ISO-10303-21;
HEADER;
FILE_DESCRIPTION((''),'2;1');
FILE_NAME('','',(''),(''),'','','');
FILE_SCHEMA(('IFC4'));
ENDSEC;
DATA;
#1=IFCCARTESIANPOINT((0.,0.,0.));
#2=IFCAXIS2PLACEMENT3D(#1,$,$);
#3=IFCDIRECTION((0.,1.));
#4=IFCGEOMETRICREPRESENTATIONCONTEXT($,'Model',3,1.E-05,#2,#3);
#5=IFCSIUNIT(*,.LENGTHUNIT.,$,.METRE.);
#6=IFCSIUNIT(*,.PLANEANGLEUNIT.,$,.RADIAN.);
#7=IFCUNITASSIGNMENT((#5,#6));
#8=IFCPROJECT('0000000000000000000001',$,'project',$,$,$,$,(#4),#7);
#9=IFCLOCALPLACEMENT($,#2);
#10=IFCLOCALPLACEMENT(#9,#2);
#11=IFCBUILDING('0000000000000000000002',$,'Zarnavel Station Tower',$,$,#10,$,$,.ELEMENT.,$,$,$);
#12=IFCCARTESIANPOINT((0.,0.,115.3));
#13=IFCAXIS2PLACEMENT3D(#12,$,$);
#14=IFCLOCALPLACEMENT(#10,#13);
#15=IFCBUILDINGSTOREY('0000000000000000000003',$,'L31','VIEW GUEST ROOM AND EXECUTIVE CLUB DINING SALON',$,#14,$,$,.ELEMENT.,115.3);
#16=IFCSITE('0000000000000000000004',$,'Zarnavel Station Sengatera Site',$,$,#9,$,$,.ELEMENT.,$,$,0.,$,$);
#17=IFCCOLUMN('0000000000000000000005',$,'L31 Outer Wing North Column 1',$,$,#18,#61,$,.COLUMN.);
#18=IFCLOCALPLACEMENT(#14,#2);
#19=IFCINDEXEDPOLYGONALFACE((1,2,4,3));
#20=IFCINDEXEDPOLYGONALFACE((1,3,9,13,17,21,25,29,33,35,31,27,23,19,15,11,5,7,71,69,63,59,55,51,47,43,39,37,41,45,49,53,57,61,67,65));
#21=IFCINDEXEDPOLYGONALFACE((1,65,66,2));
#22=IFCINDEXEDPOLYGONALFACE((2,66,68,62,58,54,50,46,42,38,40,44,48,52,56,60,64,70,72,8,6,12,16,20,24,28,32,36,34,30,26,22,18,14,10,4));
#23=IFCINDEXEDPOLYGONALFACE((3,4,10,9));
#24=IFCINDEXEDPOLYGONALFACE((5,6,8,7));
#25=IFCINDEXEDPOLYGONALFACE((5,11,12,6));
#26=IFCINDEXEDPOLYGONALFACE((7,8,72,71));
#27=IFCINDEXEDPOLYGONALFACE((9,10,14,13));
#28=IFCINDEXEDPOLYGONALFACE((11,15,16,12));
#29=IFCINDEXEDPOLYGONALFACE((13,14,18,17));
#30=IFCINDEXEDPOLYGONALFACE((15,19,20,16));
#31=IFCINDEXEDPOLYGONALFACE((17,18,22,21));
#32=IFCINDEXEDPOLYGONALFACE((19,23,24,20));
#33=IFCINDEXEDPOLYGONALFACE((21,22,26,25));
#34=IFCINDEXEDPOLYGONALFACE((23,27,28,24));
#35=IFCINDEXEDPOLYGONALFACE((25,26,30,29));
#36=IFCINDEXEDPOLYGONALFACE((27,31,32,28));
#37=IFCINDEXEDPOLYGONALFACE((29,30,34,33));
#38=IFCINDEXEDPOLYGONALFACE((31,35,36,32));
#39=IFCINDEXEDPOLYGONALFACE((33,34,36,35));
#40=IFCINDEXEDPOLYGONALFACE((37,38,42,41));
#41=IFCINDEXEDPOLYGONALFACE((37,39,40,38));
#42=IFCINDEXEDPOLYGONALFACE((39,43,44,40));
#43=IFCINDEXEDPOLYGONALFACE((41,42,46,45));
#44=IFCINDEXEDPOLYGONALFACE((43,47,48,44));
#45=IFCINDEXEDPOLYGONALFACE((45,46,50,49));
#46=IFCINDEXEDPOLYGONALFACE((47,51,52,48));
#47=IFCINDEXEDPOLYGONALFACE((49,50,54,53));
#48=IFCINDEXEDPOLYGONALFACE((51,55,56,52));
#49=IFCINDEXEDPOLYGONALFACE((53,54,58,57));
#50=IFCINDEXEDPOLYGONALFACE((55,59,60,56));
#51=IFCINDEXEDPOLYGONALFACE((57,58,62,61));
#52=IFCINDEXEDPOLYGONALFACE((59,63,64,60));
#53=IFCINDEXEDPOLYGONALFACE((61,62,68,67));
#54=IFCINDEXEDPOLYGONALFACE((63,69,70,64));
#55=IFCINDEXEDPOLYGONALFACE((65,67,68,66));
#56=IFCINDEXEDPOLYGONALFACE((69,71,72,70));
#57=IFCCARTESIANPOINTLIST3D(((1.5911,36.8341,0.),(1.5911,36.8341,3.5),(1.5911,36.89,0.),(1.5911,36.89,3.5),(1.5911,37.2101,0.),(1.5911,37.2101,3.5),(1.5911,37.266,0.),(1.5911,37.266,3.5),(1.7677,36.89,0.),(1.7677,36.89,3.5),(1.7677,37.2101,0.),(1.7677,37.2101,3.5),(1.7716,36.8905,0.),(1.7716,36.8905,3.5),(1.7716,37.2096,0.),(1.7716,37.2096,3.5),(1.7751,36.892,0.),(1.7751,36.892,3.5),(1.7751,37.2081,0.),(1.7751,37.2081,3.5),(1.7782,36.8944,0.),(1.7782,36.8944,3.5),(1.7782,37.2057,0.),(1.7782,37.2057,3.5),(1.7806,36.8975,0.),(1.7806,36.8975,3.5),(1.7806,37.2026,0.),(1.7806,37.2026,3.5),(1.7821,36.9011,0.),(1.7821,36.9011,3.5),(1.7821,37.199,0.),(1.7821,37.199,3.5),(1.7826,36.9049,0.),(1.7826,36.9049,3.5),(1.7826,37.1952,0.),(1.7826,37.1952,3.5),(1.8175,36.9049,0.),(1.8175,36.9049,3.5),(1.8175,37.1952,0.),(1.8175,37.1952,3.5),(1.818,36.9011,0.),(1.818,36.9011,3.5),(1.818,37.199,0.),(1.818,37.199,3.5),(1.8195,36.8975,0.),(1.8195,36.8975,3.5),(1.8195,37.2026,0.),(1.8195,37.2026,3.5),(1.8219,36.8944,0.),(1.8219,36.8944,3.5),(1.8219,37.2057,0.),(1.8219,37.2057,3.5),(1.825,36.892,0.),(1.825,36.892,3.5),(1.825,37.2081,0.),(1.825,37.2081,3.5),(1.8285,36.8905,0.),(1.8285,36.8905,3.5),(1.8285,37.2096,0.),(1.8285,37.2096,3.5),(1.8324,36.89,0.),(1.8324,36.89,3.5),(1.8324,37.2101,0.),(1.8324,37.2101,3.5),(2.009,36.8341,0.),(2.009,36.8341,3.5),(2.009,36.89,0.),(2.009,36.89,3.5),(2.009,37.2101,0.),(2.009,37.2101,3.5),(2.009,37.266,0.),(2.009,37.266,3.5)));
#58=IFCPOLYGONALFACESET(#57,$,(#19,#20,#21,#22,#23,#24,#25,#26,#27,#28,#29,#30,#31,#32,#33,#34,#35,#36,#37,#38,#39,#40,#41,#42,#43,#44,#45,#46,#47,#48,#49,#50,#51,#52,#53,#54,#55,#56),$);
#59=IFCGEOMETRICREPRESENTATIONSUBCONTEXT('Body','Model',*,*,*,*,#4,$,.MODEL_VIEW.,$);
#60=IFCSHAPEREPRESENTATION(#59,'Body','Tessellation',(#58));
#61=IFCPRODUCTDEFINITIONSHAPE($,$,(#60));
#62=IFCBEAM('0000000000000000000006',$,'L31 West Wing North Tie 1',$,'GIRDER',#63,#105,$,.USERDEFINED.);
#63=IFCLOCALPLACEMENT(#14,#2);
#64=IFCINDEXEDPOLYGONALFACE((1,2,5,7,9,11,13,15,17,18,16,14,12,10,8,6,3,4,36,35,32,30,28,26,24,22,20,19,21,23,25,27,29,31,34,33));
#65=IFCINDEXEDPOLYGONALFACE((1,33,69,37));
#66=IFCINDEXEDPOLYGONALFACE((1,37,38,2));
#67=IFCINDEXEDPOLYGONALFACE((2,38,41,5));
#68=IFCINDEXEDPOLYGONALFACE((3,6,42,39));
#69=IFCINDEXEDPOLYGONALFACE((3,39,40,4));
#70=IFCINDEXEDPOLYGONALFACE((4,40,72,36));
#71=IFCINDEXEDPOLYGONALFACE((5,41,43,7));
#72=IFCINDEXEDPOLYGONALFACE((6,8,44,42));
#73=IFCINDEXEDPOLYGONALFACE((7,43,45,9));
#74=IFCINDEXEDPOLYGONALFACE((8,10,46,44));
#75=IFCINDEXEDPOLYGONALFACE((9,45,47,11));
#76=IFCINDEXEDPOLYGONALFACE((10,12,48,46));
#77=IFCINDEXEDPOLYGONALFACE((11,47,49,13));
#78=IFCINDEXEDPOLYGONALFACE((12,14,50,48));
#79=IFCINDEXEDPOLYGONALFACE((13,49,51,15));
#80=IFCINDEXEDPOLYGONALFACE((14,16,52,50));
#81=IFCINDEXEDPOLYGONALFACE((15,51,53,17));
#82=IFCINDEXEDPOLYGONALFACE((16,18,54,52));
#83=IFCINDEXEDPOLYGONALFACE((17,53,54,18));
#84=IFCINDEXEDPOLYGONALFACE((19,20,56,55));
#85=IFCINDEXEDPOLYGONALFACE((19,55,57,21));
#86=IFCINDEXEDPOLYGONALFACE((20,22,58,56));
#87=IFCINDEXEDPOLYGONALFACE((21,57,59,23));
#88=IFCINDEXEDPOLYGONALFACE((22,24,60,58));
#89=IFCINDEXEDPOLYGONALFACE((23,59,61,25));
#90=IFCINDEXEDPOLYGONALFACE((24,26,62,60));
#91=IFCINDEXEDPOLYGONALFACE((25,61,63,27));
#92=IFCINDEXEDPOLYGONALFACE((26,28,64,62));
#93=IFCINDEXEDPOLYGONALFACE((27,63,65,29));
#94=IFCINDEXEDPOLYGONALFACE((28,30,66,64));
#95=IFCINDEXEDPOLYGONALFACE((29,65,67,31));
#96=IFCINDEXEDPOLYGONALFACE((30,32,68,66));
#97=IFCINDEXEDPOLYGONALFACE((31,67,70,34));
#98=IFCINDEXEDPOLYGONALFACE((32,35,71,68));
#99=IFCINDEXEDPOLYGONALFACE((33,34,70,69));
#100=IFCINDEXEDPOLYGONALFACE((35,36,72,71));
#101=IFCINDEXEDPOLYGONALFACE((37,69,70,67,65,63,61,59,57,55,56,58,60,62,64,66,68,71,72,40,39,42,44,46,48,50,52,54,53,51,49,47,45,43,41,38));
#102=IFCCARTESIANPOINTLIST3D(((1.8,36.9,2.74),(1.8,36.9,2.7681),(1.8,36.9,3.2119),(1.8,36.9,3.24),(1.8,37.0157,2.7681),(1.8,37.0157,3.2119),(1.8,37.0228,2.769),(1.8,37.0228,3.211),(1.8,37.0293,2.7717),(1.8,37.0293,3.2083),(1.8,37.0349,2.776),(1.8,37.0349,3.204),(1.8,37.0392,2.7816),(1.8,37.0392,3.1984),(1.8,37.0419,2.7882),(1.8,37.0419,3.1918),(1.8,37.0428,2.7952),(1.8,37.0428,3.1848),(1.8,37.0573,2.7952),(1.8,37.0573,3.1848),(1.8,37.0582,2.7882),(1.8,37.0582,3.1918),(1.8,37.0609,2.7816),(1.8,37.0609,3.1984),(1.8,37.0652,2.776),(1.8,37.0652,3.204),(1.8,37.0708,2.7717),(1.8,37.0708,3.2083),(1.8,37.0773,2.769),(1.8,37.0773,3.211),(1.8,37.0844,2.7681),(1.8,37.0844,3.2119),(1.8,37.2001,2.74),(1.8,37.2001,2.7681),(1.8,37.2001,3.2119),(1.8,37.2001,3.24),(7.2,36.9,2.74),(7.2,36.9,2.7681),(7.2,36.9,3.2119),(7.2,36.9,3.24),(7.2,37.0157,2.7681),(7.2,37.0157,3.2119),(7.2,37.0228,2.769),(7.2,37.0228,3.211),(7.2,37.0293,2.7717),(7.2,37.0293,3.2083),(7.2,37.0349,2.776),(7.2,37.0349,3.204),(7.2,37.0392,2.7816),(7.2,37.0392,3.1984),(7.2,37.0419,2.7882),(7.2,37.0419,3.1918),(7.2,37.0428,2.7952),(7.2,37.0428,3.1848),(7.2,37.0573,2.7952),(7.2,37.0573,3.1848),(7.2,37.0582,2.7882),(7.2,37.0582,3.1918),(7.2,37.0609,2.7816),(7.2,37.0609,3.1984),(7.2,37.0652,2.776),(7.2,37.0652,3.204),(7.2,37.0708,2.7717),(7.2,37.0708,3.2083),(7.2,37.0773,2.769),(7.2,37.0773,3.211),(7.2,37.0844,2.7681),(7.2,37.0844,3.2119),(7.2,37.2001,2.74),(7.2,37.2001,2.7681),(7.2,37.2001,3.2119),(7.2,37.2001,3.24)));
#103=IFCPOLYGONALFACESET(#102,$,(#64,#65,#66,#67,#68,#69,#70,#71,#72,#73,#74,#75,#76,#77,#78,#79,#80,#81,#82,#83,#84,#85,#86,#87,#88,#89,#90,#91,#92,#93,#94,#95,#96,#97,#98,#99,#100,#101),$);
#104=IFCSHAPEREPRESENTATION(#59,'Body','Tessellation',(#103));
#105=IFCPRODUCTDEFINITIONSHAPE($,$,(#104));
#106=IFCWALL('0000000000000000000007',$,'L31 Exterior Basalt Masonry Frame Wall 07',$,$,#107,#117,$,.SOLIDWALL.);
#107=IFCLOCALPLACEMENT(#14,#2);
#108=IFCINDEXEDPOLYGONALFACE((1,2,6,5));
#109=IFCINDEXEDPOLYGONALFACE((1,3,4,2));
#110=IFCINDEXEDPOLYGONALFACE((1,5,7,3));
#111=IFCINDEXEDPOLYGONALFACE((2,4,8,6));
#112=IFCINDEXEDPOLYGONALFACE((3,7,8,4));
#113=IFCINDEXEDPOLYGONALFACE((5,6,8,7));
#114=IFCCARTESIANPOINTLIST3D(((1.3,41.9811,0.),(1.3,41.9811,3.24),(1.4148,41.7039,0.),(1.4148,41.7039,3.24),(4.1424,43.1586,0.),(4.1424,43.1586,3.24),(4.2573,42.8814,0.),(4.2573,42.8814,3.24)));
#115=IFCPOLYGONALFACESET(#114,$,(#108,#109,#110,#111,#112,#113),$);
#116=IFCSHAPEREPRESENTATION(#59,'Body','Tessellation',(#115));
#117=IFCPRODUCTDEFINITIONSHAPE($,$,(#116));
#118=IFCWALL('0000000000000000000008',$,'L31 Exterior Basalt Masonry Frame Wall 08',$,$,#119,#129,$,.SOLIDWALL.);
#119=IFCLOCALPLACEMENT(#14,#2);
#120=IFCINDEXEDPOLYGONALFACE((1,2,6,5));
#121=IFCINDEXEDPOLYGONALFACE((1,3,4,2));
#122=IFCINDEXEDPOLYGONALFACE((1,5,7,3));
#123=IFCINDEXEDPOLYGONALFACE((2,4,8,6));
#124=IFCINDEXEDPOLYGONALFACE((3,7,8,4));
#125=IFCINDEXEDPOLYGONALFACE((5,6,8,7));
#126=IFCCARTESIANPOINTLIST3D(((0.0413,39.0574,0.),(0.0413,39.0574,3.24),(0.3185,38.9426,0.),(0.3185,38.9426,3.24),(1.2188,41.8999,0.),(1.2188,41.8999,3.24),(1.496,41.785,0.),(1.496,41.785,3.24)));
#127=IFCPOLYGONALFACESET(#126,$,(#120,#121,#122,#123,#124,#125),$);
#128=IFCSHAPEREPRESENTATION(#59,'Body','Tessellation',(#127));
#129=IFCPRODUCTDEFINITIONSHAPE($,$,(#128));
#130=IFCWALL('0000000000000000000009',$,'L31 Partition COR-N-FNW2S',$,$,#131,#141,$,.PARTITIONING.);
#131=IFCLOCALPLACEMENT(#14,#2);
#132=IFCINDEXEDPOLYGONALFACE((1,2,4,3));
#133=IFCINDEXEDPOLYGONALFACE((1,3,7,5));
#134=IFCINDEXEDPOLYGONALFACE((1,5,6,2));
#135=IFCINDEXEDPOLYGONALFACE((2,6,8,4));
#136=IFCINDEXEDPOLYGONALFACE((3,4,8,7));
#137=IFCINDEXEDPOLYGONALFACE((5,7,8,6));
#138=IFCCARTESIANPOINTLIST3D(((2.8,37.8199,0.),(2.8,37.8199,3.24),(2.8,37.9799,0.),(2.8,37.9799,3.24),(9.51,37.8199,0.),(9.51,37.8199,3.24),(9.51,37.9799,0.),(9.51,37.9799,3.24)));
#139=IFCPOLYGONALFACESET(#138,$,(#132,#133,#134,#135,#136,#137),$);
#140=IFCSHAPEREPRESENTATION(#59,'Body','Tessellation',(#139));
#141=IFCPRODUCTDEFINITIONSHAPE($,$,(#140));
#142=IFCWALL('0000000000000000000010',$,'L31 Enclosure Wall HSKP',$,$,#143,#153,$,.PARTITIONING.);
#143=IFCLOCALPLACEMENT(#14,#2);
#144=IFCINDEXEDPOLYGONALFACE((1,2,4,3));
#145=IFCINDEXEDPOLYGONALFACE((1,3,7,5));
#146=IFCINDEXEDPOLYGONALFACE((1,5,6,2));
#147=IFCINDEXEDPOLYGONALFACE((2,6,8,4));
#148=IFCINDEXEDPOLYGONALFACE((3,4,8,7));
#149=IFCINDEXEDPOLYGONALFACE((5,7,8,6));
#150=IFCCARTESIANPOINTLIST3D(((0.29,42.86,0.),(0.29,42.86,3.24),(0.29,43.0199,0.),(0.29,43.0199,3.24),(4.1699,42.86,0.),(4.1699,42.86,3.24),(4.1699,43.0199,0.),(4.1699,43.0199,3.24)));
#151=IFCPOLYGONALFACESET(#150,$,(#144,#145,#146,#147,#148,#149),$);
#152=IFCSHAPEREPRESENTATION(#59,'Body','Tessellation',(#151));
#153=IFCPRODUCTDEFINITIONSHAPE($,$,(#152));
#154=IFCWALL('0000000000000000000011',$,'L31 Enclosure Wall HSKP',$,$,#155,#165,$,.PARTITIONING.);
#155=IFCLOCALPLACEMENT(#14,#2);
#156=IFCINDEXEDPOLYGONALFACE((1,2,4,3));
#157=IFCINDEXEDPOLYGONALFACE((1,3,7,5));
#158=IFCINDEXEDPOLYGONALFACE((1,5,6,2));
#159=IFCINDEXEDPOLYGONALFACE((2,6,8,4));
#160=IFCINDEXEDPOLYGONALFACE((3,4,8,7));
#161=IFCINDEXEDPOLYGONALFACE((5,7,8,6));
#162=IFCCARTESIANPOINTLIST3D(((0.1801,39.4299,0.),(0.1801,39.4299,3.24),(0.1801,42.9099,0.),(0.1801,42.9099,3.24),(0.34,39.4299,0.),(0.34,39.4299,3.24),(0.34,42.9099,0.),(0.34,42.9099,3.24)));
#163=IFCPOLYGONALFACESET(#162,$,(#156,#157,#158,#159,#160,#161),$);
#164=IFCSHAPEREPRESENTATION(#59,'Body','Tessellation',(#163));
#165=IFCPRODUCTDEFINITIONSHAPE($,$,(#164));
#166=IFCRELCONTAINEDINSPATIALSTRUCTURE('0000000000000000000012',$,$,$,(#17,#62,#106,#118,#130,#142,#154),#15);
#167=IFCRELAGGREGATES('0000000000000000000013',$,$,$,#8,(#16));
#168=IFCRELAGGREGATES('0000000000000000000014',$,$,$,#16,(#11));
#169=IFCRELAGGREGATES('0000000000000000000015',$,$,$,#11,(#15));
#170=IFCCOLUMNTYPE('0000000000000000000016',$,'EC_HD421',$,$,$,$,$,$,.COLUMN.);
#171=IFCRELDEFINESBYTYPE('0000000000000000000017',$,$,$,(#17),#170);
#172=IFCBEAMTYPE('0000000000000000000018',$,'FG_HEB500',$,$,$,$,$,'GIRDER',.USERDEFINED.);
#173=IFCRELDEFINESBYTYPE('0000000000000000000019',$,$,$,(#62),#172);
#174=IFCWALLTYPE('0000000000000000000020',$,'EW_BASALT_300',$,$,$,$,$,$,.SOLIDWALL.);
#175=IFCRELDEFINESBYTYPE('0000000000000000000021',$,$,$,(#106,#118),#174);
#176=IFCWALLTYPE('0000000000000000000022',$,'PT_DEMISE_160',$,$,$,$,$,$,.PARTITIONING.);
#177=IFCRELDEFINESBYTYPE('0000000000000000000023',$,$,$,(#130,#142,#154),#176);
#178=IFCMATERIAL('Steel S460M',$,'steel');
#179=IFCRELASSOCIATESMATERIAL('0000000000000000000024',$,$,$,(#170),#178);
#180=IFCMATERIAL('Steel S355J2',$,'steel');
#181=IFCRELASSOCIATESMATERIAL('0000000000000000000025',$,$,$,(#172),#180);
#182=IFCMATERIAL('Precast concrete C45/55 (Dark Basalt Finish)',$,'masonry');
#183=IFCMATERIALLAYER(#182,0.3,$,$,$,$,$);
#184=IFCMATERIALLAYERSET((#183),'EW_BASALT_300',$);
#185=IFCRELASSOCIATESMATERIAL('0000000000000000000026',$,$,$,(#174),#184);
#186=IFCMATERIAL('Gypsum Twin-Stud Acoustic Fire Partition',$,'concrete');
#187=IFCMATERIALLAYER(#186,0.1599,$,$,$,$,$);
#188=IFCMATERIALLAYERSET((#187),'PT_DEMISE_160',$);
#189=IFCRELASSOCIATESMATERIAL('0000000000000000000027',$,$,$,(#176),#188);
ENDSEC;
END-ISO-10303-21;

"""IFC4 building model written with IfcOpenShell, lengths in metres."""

from ifc_helpers import new_model, si_unit, direction, frame, frame_2d, origin, origin_2d, place, context, subcontext, project, spatial, rectangle, i_section, extrude, material, layer, layer_set, material_profile, profile_set, type_object, element, save


model = new_model("IFC4")

# Units and contexts
model_context = context("Model", 3, precision=1e-05, world=origin(), true_north=direction((0.0, 1.0)))
body_context = subcontext(model_context, "Body", "Model", "MODEL_VIEW")
ifc_project = project(units=[si_unit("LENGTHUNIT", "METRE"), si_unit("PLANEANGLEUNIT", "RADIAN")], contexts=[model_context])

# Site, building, storey
site_placement = place(None, origin())
site = spatial("IfcSite", under=ifc_project, at=site_placement, Name="Zarnavel Station Sengatera Site", CompositionType="ELEMENT", RefElevation=0.0)
building_placement = place(site_placement, origin())
building = spatial("IfcBuilding", under=site, at=building_placement, Name="Zarnavel Station Tower", CompositionType="ELEMENT")
storey_placement = place(building_placement, frame((0.0, 0.0, 115.3)))
storey = spatial("IfcBuildingStorey", under=building, at=storey_placement, Name="L31", Description="VIEW GUEST ROOM AND EXECUTIVE CLUB DINING SALON", CompositionType="ELEMENT", Elevation=115.3)

# Column
ifc_material_1 = material(Name="Steel S460M", Category="steel")
ifc_material_profile_1 = material_profile(ifc_material_1, i_section(OverallWidth=0.418, OverallDepth=0.4319, WebThickness=0.0349, FlangeThickness=0.0559, FilletRadius=0.0149, at=origin_2d()), Name="HD400x421")
ifc_profile_set_1 = profile_set([ifc_material_profile_1], Name="Steel S460M")
column_type = type_object("IfcColumnType", Name="EC_HD421", PredefinedType="COLUMN", material=ifc_profile_set_1)
column_placement = place(storey_placement, frame((1.8, 37.05, 0.0), z_axis=(0.0, 0.0, 1.0), x_axis=(1.0, 0.0, 0.0)))
element("IfcColumn", 1, at=column_placement, inside=storey, type_object=column_type, Name="L31 Outer Wing North Column 1", PredefinedType="COLUMN", context=body_context, shape_type="SweptSolid", body=[
    extrude(i_section(OverallWidth=0.418, OverallDepth=0.4319, WebThickness=0.0349, FlangeThickness=0.0559, FilletRadius=0.0149, at=origin_2d()), origin(), (0.0, 0.0, 1.0), 3.5),
])

# Beam
ifc_material_2 = material(Name="Steel S355J2", Category="steel")
ifc_material_profile_2 = material_profile(ifc_material_2, i_section(OverallWidth=0.3, OverallDepth=0.5, WebThickness=0.0144, FlangeThickness=0.0281, FilletRadius=0.0271, at=origin_2d()), Name="HEB500")
ifc_profile_set_2 = profile_set([ifc_material_profile_2], Name="Steel S355J2")
beam_type = type_object("IfcBeamType", Name="FG_HEB500", ElementType="GIRDER", PredefinedType="USERDEFINED", material=ifc_profile_set_2)
beam_placement = place(storey_placement, frame((1.8, 37.05, 2.99), z_axis=(1.0, 0.0, 0.0), x_axis=(0.0, 1.0, 0.0)))
element("IfcBeam", 2, at=beam_placement, inside=storey, type_object=beam_type, Name="L31 West Wing North Tie 1", ObjectType="GIRDER", PredefinedType="USERDEFINED", context=body_context, shape_type="SweptSolid", body=[
    extrude(i_section(OverallWidth=0.3, OverallDepth=0.5, WebThickness=0.0144, FlangeThickness=0.0281, FilletRadius=0.0271, at=origin_2d()), origin(), (0.0, 0.0, 1.0), 5.3999),
])

# Walls
ifc_material_3 = material(Name="Precast concrete C45/55 (Dark Basalt Finish)", Category="masonry")
ifc_layer_1 = layer(ifc_material_3, 0.3)
ifc_layer_set_1 = layer_set([ifc_layer_1], Name="EW_BASALT_300")
wall_type_1 = type_object("IfcWallType", Name="EW_BASALT_300", PredefinedType="SOLIDWALL", material=ifc_layer_set_1)
for number, where, z_axis, x_axis, name in (
    (3, (1.3574, 41.8425, 0.0), (0.0, 0.0, 1.0), (0.923871, 0.382705, 0.0), "L31 Exterior Basalt Masonry Frame Wall 07"),
    (4, (0.1799, 39.0, 0.0), (0.0, 0.0, 1.0), (0.382705, 0.923871, 0.0), "L31 Exterior Basalt Masonry Frame Wall 08"),
):
    element("IfcWall", number, at=place(storey_placement, frame(where, z_axis=z_axis, x_axis=x_axis)), inside=storey, type_object=wall_type_1, Name=name, PredefinedType="SOLIDWALL", context=body_context, shape_type="SweptSolid", body=[
        extrude(rectangle(XDim=3.0767, YDim=0.3, at=frame_2d((1.5383, 0.0))), origin(), (0.0, 0.0, 1.0), 3.24),
    ])
ifc_material_4 = material(Name="Gypsum Twin-Stud Acoustic Fire Partition", Category="concrete")
ifc_layer_2 = layer(ifc_material_4, 0.1599)
ifc_layer_set_2 = layer_set([ifc_layer_2], Name="PT_DEMISE_160")
wall_type_2 = type_object("IfcWallType", Name="PT_DEMISE_160", PredefinedType="PARTITIONING", material=ifc_layer_set_2)
wall_1_placement = place(storey_placement, frame((2.8, 37.8999, 0.0), z_axis=(0.0, 0.0, 1.0), x_axis=(1.0, 0.0, 0.0)))
element("IfcWall", 5, at=wall_1_placement, inside=storey, type_object=wall_type_2, Name="L31 Partition COR-N-FNW2S", PredefinedType="PARTITIONING", context=body_context, shape_type="SweptSolid", body=[
    extrude(rectangle(XDim=6.71, YDim=0.1599, at=frame_2d((3.355, 0.0))), origin(), (0.0, 0.0, 1.0), 3.24),
])
wall_2_placement = place(storey_placement, frame((0.29, 42.9399, 0.0), z_axis=(0.0, 0.0, 1.0), x_axis=(1.0, 0.0, 0.0)))
element("IfcWall", 6, at=wall_2_placement, inside=storey, type_object=wall_type_2, Name="L31 Enclosure Wall HSKP", PredefinedType="PARTITIONING", context=body_context, shape_type="SweptSolid", body=[
    extrude(rectangle(XDim=3.8799, YDim=0.1599, at=frame_2d((1.9399, 0.0))), origin(), (0.0, 0.0, 1.0), 3.24),
])
wall_3_placement = place(storey_placement, frame((0.26, 39.4299, 0.0), z_axis=(0.0, 0.0, 1.0), x_axis=(0.0, 1.0, 0.0)))
element("IfcWall", 7, at=wall_3_placement, inside=storey, type_object=wall_type_2, Name="L31 Enclosure Wall HSKP", PredefinedType="PARTITIONING", context=body_context, shape_type="SweptSolid", body=[
    extrude(rectangle(XDim=3.48, YDim=0.1599, at=frame_2d((1.74, 0.0))), origin(), (0.0, 0.0, 1.0), 3.24),
])

save(model, "model.ifc")
